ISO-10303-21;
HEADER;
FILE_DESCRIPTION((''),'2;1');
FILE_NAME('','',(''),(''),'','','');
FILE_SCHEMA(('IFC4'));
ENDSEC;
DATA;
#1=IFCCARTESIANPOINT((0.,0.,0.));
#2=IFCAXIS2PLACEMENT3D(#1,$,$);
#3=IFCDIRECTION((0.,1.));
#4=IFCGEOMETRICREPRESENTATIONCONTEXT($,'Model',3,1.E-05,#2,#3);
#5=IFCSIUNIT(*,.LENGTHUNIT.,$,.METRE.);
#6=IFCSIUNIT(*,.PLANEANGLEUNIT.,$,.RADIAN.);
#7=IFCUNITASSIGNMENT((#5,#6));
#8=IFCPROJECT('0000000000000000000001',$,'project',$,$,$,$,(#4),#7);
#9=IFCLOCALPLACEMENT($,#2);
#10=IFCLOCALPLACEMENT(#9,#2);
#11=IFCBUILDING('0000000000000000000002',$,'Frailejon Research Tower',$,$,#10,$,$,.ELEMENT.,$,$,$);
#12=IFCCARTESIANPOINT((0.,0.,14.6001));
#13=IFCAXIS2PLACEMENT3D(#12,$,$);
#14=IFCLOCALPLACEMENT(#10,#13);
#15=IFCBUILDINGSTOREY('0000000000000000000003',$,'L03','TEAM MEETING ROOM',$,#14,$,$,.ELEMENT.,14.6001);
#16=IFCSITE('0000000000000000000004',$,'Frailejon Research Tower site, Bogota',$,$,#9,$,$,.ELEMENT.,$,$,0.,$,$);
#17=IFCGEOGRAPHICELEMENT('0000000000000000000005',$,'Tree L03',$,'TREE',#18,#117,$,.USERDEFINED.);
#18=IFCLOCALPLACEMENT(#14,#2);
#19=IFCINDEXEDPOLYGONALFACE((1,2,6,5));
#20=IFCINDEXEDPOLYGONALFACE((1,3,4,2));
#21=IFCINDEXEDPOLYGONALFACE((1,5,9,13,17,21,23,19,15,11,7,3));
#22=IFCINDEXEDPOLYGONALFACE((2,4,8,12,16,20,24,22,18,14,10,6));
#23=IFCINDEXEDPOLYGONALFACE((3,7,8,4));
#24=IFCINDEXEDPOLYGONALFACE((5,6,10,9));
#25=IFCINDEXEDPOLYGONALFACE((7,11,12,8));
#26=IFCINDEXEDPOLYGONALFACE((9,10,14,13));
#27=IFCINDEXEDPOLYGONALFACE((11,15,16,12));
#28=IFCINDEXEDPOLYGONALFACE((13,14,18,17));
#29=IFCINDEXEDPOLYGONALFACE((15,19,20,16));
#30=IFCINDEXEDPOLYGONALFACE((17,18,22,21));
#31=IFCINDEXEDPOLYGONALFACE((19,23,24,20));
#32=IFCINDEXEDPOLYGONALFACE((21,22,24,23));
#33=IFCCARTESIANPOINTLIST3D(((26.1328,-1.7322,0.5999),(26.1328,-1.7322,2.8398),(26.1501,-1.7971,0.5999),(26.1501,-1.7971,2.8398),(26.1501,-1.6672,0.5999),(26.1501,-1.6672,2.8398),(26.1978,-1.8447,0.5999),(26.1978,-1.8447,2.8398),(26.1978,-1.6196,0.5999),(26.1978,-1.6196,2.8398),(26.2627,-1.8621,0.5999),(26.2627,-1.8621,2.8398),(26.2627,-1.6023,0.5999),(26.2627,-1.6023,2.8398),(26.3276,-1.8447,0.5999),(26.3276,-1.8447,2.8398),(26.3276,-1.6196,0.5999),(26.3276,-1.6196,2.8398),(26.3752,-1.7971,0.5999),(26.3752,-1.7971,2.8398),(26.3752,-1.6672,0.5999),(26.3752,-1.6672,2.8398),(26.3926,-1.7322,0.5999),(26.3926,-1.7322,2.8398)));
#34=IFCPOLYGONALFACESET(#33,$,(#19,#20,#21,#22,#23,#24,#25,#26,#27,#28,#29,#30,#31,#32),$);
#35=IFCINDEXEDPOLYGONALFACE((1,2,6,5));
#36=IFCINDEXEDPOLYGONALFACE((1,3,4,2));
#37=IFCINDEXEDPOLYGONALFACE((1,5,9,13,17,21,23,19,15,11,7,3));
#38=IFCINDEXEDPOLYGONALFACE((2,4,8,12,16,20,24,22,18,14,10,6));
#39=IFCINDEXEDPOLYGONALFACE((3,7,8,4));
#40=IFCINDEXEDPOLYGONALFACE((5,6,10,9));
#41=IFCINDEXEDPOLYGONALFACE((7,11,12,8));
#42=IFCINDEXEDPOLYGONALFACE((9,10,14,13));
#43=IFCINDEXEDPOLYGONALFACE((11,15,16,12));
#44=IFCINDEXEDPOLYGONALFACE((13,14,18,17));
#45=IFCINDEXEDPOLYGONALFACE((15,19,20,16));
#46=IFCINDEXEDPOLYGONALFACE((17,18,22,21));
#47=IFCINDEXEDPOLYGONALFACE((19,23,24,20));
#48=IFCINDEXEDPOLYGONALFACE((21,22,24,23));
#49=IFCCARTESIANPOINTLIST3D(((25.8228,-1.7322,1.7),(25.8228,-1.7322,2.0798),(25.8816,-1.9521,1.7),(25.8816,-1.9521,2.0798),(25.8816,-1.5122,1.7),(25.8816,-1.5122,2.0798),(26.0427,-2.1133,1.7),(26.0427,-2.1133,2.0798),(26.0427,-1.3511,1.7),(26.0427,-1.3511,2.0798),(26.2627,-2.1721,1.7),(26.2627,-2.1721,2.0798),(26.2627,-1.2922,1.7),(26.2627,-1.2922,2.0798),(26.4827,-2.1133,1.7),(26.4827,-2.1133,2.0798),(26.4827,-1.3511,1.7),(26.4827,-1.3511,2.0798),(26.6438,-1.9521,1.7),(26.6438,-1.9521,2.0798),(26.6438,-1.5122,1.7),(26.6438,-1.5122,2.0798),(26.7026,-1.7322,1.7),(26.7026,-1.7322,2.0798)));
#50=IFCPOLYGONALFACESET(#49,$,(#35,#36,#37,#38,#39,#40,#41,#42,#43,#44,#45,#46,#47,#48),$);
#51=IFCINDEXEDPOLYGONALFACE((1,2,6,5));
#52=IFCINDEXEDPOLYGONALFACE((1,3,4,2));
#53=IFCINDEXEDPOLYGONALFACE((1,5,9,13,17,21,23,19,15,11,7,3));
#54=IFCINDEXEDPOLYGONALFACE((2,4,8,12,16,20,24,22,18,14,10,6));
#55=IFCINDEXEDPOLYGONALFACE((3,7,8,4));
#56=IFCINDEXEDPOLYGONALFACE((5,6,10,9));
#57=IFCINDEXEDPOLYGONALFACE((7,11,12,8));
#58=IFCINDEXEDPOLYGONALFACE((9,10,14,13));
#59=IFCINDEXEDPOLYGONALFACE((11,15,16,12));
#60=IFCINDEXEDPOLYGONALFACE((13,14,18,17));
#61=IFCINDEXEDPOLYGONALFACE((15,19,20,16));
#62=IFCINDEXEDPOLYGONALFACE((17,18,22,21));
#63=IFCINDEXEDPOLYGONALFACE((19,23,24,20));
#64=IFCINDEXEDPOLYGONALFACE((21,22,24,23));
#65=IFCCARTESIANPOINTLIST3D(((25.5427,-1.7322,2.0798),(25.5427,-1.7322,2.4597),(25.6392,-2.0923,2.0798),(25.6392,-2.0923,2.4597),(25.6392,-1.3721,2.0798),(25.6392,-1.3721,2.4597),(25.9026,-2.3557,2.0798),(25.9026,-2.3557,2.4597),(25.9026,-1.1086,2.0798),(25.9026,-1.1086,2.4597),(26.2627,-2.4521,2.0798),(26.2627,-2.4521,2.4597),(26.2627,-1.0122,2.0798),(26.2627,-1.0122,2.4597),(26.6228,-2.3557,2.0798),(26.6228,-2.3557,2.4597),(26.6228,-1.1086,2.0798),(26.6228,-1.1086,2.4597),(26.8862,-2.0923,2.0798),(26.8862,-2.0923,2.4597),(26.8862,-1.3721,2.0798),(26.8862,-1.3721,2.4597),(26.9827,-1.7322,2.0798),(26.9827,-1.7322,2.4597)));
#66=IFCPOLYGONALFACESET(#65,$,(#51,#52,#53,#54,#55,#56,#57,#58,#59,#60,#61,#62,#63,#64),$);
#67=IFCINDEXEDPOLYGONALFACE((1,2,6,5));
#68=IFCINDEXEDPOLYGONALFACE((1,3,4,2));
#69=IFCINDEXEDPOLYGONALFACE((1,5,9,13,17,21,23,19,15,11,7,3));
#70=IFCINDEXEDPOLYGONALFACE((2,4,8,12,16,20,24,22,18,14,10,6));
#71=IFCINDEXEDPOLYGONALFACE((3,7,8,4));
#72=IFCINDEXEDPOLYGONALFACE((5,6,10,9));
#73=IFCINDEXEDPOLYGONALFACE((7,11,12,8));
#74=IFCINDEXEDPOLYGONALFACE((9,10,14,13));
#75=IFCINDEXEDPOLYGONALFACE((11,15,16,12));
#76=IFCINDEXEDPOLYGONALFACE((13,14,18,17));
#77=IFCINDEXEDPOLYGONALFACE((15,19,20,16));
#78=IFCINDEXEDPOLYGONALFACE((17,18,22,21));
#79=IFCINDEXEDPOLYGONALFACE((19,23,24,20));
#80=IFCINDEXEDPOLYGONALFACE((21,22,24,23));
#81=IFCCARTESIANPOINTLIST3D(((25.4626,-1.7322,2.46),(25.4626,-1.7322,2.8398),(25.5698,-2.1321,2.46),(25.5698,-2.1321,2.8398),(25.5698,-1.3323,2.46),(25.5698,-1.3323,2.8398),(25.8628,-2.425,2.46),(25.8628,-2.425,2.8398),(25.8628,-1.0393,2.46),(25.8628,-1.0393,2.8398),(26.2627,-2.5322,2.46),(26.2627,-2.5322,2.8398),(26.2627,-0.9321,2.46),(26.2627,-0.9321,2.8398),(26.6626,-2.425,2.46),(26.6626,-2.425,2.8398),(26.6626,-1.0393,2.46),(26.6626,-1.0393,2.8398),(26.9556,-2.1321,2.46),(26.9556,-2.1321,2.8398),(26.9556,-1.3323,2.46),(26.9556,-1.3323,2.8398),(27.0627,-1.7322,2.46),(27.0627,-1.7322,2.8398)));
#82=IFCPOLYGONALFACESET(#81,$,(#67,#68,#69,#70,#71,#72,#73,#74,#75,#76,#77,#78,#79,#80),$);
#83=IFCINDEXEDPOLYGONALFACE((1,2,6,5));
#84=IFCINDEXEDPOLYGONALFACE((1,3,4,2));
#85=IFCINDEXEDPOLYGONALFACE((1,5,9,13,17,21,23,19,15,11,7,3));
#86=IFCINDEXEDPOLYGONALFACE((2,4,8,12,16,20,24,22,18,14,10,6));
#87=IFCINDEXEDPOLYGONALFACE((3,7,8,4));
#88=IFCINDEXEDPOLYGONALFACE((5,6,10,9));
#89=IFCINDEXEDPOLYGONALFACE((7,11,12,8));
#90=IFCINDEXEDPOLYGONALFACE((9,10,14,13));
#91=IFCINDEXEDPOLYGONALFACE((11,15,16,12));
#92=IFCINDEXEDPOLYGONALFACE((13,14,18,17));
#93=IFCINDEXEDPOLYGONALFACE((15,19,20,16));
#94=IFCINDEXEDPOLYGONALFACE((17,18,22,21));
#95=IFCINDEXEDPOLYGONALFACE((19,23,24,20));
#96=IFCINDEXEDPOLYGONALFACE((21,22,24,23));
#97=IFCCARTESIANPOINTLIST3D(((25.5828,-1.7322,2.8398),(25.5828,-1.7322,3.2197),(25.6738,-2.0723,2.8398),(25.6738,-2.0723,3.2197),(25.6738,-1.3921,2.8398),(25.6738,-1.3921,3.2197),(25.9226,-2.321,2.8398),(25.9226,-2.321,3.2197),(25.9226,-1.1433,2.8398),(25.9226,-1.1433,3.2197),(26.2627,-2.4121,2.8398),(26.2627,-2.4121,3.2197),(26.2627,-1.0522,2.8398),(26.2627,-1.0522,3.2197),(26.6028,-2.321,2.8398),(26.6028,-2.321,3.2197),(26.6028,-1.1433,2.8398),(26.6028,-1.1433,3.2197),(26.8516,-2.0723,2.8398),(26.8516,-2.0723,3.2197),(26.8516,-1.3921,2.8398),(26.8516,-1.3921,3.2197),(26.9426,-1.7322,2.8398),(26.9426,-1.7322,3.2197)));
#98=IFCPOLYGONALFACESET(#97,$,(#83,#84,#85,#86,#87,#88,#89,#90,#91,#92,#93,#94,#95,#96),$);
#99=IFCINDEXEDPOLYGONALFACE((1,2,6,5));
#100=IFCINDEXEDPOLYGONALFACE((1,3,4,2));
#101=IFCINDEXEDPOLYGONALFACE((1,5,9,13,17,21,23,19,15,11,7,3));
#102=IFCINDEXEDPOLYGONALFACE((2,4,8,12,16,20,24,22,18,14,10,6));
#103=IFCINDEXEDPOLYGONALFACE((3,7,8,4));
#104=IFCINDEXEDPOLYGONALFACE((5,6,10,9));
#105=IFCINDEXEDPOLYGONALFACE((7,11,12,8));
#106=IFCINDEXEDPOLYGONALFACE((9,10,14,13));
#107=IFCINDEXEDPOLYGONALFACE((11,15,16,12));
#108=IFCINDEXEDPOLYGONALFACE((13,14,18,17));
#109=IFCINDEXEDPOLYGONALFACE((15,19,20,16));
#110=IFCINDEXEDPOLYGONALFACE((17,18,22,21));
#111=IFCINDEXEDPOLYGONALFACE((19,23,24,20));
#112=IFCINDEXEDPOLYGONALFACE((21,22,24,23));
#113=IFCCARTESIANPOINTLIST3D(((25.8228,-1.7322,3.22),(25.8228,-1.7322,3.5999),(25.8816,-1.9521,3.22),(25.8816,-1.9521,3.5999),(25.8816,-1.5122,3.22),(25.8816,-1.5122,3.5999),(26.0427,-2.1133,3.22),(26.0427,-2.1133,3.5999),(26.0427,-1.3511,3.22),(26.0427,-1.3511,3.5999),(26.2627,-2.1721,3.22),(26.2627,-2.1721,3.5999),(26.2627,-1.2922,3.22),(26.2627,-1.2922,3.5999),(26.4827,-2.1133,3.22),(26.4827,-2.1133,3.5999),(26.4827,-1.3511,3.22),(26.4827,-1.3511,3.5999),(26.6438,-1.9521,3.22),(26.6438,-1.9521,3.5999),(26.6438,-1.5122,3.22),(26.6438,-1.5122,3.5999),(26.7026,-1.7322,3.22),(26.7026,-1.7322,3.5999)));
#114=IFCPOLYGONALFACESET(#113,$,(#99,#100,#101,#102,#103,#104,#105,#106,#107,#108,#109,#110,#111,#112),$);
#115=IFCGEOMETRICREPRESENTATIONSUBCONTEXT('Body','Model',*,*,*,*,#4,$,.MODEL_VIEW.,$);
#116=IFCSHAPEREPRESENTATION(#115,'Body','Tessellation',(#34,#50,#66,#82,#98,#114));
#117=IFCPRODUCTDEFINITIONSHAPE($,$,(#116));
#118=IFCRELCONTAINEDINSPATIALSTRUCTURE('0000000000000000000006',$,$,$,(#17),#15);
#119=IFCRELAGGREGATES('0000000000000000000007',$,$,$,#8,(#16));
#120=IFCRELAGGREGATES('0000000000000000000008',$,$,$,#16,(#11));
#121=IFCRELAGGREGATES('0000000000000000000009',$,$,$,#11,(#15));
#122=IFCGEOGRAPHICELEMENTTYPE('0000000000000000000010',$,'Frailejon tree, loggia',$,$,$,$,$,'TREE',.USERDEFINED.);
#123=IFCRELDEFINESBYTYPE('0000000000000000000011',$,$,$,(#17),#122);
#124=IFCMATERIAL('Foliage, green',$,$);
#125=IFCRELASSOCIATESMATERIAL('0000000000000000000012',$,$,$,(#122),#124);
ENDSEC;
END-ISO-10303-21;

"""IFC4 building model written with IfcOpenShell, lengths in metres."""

from ifc_helpers import new_model, si_unit, direction, frame, origin, place, context, subcontext, project, spatial, polyline, outline, extrude, material, type_object, element, save


model = new_model("IFC4")

# Units and contexts
model_context = context("Model", 3, precision=1e-05, world=origin(), true_north=direction((0.0, 1.0)))
body_context = subcontext(model_context, "Body", "Model", "MODEL_VIEW")
ifc_project = project(units=[si_unit("LENGTHUNIT", "METRE"), si_unit("PLANEANGLEUNIT", "RADIAN")], contexts=[model_context])

# Site, building, storey
site_placement = place(None, origin())
site = spatial("IfcSite", under=ifc_project, at=site_placement, Name="Frailejon Research Tower site, Bogota", CompositionType="ELEMENT", RefElevation=0.0)
building_placement = place(site_placement, origin())
building = spatial("IfcBuilding", under=site, at=building_placement, Name="Frailejon Research Tower", CompositionType="ELEMENT")
storey_placement = place(building_placement, frame((0.0, 0.0, 14.6001)))
storey = spatial("IfcBuildingStorey", under=building, at=storey_placement, Name="L03", Description="TEAM MEETING ROOM", CompositionType="ELEMENT", Elevation=14.6001)

# Geographic element
ifc_material_1 = material(Name="Foliage, green")
geographic_element_type = type_object("IfcGeographicElementType", Name="Frailejon tree, loggia", ElementType="TREE", PredefinedType="USERDEFINED", material=ifc_material_1)
geographic_element_placement = place(storey_placement, frame((26.2627, -1.7322, 0.5999)))
element("IfcGeographicElement", 1, at=geographic_element_placement, inside=storey, type_object=geographic_element_type, Name="Tree L03", ObjectType="TREE", PredefinedType="USERDEFINED", context=body_context, shape_type="SweptSolid", body=[
    extrude(outline(polyline([(0.1299, 0.0), (0.1125, 0.0649), (0.0649, 0.1125), (0.0, 0.1299), (-0.0649, 0.1125), (-0.1125, 0.0649), (-0.1299, 0.0), (-0.1125, -0.0649), (-0.0649, -0.1125), (0.0, -0.1299), (0.0649, -0.1125), (0.1125, -0.0649), (0.1299, 0.0)])), origin(), (0.0, 0.0, 1.0), 2.24),
    extrude(outline(polyline([(0.4399, 0.0), (0.3811, 0.22), (0.22, 0.3811), (0.0, 0.4399), (-0.22, 0.3811), (-0.3811, 0.22), (-0.4399, 0.0), (-0.3811, -0.22), (-0.22, -0.3811), (0.0, -0.4399), (0.22, -0.3811), (0.3811, -0.22), (0.4399, 0.0)])), frame((0.0, 0.0, 1.1001)), (0.0, 0.0, 1.0), 0.3799),
    extrude(outline(polyline([(0.72, 0.0), (0.6235, 0.3601), (0.3601, 0.6235), (0.0, 0.72), (-0.3601, 0.6235), (-0.6235, 0.3601), (-0.72, 0.0), (-0.6235, -0.3601), (-0.3601, -0.6235), (0.0, -0.72), (0.3601, -0.6235), (0.6235, -0.3601), (0.72, 0.0)])), frame((0.0, 0.0, 1.48)), (0.0, 0.0, 1.0), 0.3799),
    extrude(outline(polyline([(0.8, 0.0), (0.6929, 0.3999), (0.3999, 0.6929), (0.0, 0.8), (-0.3999, 0.6929), (-0.6929, 0.3999), (-0.8, 0.0), (-0.6929, -0.3999), (-0.3999, -0.6929), (0.0, -0.8), (0.3999, -0.6929), (0.6929, -0.3999), (0.8, 0.0)])), frame((0.0, 0.0, 1.8601)), (0.0, 0.0, 1.0), 0.3799),
    extrude(outline(polyline([(0.6799, 0.0), (0.5889, 0.3401), (0.3401, 0.5889), (0.0, 0.6799), (-0.3401, 0.5889), (-0.5889, 0.3401), (-0.6799, 0.0), (-0.5889, -0.3401), (-0.3401, -0.5889), (0.0, -0.6799), (0.3401, -0.5889), (0.5889, -0.3401), (0.6799, 0.0)])), frame((0.0, 0.0, 2.24)), (0.0, 0.0, 1.0), 0.3799),
    extrude(outline(polyline([(0.4399, 0.0), (0.3811, 0.22), (0.22, 0.3811), (0.0, 0.4399), (-0.22, 0.3811), (-0.3811, 0.22), (-0.4399, 0.0), (-0.3811, -0.22), (-0.22, -0.3811), (0.0, -0.4399), (0.22, -0.3811), (0.3811, -0.22), (0.4399, 0.0)])), frame((0.0, 0.0, 2.6201)), (0.0, 0.0, 1.0), 0.3799),
])

save(model, "model.ifc")
